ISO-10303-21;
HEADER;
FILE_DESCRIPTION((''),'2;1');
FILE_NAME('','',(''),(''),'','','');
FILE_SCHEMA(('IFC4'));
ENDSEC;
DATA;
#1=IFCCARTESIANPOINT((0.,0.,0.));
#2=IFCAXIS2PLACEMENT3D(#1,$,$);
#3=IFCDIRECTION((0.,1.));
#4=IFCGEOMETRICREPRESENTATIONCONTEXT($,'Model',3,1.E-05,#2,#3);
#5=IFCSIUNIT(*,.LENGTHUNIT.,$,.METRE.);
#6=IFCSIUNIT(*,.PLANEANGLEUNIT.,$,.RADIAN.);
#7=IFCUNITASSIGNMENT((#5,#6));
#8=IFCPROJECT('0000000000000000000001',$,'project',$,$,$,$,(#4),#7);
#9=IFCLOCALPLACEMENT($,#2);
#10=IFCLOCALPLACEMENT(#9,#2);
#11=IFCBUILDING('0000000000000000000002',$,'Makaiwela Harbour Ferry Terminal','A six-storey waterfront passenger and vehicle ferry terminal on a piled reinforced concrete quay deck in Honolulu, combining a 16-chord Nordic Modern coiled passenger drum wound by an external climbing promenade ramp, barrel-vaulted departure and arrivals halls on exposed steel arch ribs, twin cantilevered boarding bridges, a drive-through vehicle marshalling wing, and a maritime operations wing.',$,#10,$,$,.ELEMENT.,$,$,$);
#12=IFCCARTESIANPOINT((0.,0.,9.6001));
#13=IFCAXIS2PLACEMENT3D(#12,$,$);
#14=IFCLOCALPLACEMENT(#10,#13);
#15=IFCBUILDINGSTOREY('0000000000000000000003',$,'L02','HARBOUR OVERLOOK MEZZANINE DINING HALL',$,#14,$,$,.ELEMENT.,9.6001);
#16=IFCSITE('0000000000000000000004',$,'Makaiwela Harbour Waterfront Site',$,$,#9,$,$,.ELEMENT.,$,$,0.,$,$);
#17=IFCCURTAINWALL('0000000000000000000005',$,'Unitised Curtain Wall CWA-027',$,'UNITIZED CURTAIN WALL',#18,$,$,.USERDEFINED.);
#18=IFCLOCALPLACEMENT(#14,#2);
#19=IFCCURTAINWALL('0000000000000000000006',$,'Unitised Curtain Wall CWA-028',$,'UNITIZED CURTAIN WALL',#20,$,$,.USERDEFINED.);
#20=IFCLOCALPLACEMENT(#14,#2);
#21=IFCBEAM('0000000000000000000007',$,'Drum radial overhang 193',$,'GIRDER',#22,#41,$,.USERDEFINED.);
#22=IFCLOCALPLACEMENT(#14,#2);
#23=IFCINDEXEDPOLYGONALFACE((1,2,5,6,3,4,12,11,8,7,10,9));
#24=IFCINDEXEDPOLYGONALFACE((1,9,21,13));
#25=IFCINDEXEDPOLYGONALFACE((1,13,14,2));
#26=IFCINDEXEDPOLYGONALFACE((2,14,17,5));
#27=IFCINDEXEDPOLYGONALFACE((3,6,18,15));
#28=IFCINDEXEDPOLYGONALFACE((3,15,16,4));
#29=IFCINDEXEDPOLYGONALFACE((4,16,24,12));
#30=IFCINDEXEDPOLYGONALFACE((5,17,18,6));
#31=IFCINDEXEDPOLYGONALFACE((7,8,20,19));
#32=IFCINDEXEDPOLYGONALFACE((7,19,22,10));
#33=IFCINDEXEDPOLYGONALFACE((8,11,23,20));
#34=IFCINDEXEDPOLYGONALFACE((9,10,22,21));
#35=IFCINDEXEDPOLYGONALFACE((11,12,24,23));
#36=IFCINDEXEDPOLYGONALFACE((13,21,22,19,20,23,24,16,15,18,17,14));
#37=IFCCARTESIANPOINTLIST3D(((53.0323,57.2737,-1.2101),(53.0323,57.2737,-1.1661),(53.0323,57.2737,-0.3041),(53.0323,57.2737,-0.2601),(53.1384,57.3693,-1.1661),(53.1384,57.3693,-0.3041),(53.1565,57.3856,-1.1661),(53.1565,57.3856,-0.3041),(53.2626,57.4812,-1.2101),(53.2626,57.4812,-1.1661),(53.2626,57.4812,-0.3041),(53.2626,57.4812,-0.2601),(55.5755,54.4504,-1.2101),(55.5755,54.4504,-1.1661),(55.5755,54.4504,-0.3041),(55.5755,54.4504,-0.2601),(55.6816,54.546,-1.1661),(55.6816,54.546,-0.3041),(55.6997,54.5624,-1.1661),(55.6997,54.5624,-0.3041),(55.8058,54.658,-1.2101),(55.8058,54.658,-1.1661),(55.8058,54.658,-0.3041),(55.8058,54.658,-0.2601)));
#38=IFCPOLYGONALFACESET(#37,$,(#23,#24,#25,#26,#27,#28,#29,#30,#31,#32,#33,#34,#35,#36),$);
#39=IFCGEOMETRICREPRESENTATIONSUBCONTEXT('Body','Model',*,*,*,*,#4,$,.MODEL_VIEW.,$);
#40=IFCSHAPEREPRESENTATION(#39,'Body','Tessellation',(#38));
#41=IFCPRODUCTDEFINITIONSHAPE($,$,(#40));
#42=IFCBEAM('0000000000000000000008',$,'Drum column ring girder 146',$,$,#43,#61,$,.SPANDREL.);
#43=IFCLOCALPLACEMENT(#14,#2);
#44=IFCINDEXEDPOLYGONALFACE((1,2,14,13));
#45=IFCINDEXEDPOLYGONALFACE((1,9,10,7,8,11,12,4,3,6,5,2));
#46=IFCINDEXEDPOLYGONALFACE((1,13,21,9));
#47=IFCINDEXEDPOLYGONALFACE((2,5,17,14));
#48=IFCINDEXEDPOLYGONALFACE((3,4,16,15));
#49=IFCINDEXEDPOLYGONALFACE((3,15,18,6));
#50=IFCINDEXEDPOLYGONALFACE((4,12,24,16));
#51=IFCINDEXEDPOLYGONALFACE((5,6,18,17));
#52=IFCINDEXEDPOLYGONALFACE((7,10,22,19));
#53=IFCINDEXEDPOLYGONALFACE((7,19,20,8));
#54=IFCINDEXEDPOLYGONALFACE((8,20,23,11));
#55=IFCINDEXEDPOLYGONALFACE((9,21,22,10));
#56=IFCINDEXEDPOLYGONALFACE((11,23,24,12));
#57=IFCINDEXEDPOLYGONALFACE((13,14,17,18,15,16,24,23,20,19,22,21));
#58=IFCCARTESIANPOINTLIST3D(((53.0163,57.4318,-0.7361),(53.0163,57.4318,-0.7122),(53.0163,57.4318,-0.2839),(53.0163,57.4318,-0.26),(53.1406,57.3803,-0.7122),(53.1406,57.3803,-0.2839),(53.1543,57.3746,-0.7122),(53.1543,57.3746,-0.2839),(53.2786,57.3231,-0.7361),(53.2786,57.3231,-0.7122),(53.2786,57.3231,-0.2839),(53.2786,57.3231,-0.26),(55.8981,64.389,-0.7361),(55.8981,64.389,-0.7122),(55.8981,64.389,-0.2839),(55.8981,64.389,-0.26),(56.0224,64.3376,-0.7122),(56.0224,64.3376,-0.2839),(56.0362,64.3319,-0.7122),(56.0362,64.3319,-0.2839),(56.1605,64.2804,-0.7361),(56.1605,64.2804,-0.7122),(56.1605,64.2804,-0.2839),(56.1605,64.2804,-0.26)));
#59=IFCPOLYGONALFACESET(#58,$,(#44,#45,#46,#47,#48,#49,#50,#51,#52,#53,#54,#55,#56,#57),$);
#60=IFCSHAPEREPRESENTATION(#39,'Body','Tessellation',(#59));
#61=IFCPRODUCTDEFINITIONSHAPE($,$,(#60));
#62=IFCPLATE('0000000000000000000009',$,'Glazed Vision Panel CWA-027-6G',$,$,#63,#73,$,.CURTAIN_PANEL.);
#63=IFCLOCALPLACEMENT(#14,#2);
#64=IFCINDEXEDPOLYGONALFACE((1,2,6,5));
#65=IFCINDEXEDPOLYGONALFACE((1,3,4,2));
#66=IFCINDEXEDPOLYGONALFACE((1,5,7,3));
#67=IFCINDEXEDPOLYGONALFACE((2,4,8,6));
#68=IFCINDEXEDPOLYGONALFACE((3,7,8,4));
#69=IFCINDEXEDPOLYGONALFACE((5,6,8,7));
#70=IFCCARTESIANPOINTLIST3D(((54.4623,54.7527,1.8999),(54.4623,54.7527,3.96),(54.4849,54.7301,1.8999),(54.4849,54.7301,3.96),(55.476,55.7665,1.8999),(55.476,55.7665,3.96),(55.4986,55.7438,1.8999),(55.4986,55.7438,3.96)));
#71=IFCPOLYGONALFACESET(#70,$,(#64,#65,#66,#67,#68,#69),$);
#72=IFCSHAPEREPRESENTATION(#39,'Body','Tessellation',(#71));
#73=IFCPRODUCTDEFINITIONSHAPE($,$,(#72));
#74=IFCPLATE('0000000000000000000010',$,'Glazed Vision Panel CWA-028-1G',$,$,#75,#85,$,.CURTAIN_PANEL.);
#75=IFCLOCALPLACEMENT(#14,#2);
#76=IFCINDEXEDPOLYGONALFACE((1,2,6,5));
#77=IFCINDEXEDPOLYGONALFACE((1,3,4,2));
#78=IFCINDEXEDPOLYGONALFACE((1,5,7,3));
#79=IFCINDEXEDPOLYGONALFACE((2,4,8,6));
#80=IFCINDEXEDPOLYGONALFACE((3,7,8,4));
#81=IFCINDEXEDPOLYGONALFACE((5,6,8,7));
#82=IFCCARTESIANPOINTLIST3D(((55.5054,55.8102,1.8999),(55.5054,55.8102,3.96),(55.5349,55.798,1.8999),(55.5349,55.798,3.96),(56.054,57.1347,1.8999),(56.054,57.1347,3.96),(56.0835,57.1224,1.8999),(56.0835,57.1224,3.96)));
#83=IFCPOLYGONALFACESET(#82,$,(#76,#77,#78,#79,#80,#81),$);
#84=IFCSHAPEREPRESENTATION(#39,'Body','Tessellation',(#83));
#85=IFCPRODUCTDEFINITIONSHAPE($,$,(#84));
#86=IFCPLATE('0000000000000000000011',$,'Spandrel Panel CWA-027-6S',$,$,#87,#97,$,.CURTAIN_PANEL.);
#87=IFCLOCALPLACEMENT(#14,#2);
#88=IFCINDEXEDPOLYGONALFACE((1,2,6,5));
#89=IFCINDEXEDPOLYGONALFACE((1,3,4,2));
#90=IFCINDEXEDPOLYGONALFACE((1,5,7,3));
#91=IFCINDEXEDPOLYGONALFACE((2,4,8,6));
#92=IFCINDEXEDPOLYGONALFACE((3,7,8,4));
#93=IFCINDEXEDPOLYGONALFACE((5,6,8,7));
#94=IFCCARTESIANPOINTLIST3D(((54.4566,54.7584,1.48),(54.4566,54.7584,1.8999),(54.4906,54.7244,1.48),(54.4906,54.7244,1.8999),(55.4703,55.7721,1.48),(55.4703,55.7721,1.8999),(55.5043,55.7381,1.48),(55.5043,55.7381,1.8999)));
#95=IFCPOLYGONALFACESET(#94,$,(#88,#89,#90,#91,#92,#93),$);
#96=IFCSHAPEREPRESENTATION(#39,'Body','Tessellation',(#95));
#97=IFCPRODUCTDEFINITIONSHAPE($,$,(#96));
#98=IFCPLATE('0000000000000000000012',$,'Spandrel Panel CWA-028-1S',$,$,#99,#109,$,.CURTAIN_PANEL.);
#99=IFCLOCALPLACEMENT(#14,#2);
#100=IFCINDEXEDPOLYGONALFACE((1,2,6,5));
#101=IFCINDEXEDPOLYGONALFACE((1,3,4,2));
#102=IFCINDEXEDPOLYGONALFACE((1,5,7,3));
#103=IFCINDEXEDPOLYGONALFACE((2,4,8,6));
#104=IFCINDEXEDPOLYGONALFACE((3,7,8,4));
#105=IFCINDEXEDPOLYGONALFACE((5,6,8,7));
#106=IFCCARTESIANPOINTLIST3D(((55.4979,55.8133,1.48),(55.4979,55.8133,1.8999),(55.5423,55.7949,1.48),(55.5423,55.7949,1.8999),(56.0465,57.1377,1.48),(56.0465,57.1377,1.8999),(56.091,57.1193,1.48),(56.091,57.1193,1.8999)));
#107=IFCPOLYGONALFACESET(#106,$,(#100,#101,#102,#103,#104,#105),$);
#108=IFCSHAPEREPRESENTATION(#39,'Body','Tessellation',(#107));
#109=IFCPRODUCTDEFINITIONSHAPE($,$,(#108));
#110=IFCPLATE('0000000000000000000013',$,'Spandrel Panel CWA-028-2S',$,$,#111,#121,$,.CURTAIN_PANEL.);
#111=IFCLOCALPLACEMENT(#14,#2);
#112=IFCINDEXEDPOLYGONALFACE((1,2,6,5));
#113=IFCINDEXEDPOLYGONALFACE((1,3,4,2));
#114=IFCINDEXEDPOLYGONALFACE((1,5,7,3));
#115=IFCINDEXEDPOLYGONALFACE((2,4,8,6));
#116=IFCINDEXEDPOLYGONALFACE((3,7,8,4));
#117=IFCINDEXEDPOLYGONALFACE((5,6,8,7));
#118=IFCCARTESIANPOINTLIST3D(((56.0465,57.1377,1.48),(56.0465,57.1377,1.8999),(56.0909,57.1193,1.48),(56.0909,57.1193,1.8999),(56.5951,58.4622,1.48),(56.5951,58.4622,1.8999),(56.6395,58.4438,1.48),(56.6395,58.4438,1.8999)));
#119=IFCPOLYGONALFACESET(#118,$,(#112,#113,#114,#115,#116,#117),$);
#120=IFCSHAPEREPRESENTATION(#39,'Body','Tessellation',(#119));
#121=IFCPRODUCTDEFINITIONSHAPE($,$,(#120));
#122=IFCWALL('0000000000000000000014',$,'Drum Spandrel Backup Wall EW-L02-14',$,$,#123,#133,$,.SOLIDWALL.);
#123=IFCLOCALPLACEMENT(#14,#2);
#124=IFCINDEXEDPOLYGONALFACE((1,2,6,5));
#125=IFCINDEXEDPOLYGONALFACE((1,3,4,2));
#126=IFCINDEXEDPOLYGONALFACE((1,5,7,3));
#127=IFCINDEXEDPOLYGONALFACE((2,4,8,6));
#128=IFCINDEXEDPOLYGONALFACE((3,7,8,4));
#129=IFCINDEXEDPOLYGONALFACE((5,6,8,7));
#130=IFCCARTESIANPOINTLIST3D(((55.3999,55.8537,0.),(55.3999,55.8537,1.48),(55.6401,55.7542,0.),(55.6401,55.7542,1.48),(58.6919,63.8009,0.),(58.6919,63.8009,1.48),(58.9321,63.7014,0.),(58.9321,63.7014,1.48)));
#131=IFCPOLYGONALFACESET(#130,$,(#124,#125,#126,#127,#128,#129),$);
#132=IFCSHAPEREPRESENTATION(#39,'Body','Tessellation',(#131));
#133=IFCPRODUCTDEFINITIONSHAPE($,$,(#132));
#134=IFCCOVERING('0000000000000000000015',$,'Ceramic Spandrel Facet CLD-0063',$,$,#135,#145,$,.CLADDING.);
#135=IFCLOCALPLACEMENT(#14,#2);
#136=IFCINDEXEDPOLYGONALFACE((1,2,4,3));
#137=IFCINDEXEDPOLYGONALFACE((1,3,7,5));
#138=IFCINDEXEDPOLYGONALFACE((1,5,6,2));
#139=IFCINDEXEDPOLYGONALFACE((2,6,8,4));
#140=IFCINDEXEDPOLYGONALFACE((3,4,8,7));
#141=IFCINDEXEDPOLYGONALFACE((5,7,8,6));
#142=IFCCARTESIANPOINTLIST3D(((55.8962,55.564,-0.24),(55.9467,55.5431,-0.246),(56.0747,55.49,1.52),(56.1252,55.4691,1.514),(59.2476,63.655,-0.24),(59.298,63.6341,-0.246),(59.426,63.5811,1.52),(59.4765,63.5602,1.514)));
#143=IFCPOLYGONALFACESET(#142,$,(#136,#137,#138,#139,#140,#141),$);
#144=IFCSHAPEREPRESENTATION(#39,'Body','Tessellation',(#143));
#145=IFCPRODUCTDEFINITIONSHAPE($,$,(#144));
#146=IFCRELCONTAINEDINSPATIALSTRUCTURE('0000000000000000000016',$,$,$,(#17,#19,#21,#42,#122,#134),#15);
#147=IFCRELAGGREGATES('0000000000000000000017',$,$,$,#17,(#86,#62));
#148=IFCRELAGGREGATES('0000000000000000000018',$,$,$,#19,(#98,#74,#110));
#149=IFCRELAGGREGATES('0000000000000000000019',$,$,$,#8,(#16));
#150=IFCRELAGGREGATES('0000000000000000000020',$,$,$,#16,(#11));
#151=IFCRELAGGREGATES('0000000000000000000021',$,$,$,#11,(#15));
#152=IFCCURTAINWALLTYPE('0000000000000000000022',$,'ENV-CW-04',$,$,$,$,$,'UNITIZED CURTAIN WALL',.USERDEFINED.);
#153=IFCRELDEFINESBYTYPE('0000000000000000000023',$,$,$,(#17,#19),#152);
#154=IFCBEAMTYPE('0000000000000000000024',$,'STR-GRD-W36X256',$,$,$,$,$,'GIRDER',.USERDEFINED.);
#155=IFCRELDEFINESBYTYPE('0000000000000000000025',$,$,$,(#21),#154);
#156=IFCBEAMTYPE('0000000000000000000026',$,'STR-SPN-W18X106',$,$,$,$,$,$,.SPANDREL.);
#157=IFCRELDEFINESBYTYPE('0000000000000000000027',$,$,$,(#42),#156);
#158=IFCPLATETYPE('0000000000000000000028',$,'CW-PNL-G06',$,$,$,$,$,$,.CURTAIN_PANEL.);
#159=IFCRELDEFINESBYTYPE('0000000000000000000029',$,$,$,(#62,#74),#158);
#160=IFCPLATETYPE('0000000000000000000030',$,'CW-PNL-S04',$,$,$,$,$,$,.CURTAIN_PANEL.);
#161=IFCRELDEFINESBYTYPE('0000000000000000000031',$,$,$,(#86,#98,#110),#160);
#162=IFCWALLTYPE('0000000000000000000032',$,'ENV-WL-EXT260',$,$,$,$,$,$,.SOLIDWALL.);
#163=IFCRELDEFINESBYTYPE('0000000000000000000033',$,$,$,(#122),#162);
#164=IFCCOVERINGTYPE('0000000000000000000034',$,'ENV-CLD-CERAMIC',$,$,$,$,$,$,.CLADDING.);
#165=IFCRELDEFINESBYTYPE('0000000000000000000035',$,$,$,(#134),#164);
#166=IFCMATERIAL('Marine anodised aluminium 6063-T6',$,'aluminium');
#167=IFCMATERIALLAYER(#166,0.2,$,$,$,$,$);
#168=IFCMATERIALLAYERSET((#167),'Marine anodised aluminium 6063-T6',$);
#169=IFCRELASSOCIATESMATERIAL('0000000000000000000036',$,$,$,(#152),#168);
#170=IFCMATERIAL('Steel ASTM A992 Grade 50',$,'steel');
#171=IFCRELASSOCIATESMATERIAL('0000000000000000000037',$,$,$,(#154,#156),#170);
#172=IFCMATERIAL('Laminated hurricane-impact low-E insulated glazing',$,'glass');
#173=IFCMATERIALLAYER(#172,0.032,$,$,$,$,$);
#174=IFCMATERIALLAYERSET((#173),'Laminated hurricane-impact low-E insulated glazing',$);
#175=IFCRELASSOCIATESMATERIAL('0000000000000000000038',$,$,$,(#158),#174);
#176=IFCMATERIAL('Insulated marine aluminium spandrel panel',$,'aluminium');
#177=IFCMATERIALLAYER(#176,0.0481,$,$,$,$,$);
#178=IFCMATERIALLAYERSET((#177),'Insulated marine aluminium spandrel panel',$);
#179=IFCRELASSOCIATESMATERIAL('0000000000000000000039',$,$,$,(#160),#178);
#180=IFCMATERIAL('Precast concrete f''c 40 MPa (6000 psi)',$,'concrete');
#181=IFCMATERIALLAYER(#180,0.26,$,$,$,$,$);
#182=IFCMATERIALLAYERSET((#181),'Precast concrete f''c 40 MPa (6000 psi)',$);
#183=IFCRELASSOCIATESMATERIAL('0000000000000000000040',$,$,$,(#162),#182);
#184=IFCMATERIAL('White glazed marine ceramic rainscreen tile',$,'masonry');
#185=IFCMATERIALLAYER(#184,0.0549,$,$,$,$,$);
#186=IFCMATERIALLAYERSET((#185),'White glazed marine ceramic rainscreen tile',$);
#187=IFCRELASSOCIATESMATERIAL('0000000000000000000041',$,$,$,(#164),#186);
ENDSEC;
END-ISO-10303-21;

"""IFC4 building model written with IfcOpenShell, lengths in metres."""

from ifc_helpers import new_model, si_unit, direction, frame, frame_2d, origin, origin_2d, place, context, subcontext, project, spatial, polyline, rectangle, i_section, outline, extrude, material, layer, layer_set, material_profile, profile_set, type_object, element, aggregate, save


model = new_model("IFC4")

# Units and contexts
model_context = context("Model", 3, precision=1e-05, world=origin(), true_north=direction((0.0, 1.0)))
body_context = subcontext(model_context, "Body", "Model", "MODEL_VIEW")
ifc_project = project(units=[si_unit("LENGTHUNIT", "METRE"), si_unit("PLANEANGLEUNIT", "RADIAN")], contexts=[model_context])

# Site, building, storey
site_placement = place(None, origin())
site = spatial("IfcSite", under=ifc_project, at=site_placement, Name="Makaiwela Harbour Waterfront Site", CompositionType="ELEMENT", RefElevation=0.0)
building_placement = place(site_placement, origin())
building = spatial("IfcBuilding", under=site, at=building_placement, Name="Makaiwela Harbour Ferry Terminal", Description="A six-storey waterfront passenger and vehicle ferry terminal on a piled reinforced concrete quay deck in Honolulu, combining a 16-chord Nordic Modern coiled passenger drum wound by an external climbing promenade ramp, barrel-vaulted departure and arrivals halls on exposed steel arch ribs, twin cantilevered boarding bridges, a drive-through vehicle marshalling wing, and a maritime operations wing.", CompositionType="ELEMENT")
storey_placement = place(building_placement, frame((0.0, 0.0, 9.6001)))
storey = spatial("IfcBuildingStorey", under=building, at=storey_placement, Name="L02", Description="HARBOUR OVERLOOK MEZZANINE DINING HALL", CompositionType="ELEMENT", Elevation=9.6001)

# Curtain wall
ifc_material_1 = material(Name="Marine anodised aluminium 6063-T6", Category="aluminium")
ifc_layer_1 = layer(ifc_material_1, 0.2)
ifc_layer_set_1 = layer_set([ifc_layer_1], Name="Marine anodised aluminium 6063-T6")
curtain_wall_type = type_object("IfcCurtainWallType", Name="ENV-CW-04", ElementType="UNITIZED CURTAIN WALL", PredefinedType="USERDEFINED", material=ifc_layer_set_1)
curtain_wall_1_placement = place(storey_placement, origin())
curtain_wall_1 = element("IfcCurtainWall", 1, at=curtain_wall_1_placement, inside=storey, type_object=curtain_wall_type, Name="Unitised Curtain Wall CWA-027", ObjectType="UNITIZED CURTAIN WALL", PredefinedType="USERDEFINED")

# Curtain wall
curtain_wall_2_placement = place(storey_placement, origin())
curtain_wall_2 = element("IfcCurtainWall", 2, at=curtain_wall_2_placement, inside=storey, type_object=curtain_wall_type, Name="Unitised Curtain Wall CWA-028", ObjectType="UNITIZED CURTAIN WALL", PredefinedType="USERDEFINED")

# Beams
ifc_material_2 = material(Name="Steel ASTM A992 Grade 50", Category="steel")
ifc_material_profile_1 = material_profile(ifc_material_2, i_section(OverallWidth=0.3101, OverallDepth=0.95, WebThickness=0.0244, FlangeThickness=0.0439, at=origin_2d()), Name="W36X256")
ifc_profile_set_1 = profile_set([ifc_material_profile_1], Name="Steel ASTM A992 Grade 50")
beam_type_1 = type_object("IfcBeamType", Name="STR-GRD-W36X256", ElementType="GIRDER", PredefinedType="USERDEFINED", material=ifc_profile_set_1)
beam_1_placement = place(storey_placement, frame((53.1475, 57.3774, -0.7351), z_axis=(0.669298, -0.742994, 0.0), x_axis=(0.742994, 0.669298, 0.0)))
element("IfcBeam", 3, at=beam_1_placement, inside=storey, type_object=beam_type_1, Name="Drum radial overhang 193", ObjectType="GIRDER", PredefinedType="USERDEFINED", context=body_context, shape_type="SweptSolid", body=[
    extrude(i_section(OverallWidth=0.3101, OverallDepth=0.95, WebThickness=0.0244, FlangeThickness=0.0439, at=origin_2d()), origin(), (0.0, 0.0, 1.0), 3.7998),
])
ifc_material_profile_2 = material_profile(ifc_material_2, i_section(OverallWidth=0.2839, OverallDepth=0.4761, WebThickness=0.0149, FlangeThickness=0.0239, at=origin_2d()), Name="W18X106")
ifc_profile_set_2 = profile_set([ifc_material_profile_2], Name="Steel ASTM A992 Grade 50")
beam_type_2 = type_object("IfcBeamType", Name="STR-SPN-W18X106", PredefinedType="SPANDREL", material=ifc_profile_set_2)
beam_2_placement = place(storey_placement, frame((53.1475, 57.3774, -0.498), z_axis=(0.382688, 0.923878, 0.0), x_axis=(-0.923878, 0.382688, 0.0)))
element("IfcBeam", 4, at=beam_2_placement, inside=storey, type_object=beam_type_2, Name="Drum column ring girder 146", PredefinedType="SPANDREL", context=body_context, shape_type="SweptSolid", body=[
    extrude(i_section(OverallWidth=0.2839, OverallDepth=0.4761, WebThickness=0.0149, FlangeThickness=0.0239, at=origin_2d()), origin(), (0.0, 0.0, 1.0), 7.5305),
])

# Plates
ifc_material_3 = material(Name="Laminated hurricane-impact low-E insulated glazing", Category="glass")
ifc_layer_2 = layer(ifc_material_3, 0.032)
ifc_layer_set_2 = layer_set([ifc_layer_2], Name="Laminated hurricane-impact low-E insulated glazing")
plate_type_1 = type_object("IfcPlateType", Name="CW-PNL-G06", PredefinedType="CURTAIN_PANEL", material=ifc_layer_set_2)
plate_1_placement = place(storey_placement, frame((54.9805, 55.2483, 1.8999), z_axis=(0.0, 0.0, 1.0), x_axis=(0.707107, 0.707107, 0.0)))
plate_1 = element("IfcPlate", 5, at=plate_1_placement, type_object=plate_type_1, Name="Glazed Vision Panel CWA-027-6G", PredefinedType="CURTAIN_PANEL", context=body_context, shape_type="SweptSolid", body=[
    extrude(rectangle(XDim=1.4336, YDim=0.032, at=origin_2d()), origin(), (0.0, 0.0, 1.0), 2.0601),
])
plate_2_placement = place(storey_placement, frame((55.7944, 56.4663, 1.8999), z_axis=(0.0, 0.0, 1.0), x_axis=(0.382683, 0.92388, 0.0)))
plate_2 = element("IfcPlate", 6, at=plate_2_placement, type_object=plate_type_1, Name="Glazed Vision Panel CWA-028-1G", PredefinedType="CURTAIN_PANEL", context=body_context, shape_type="SweptSolid", body=[
    extrude(rectangle(XDim=1.4336, YDim=0.032, at=origin_2d()), origin(), (0.0, 0.0, 1.0), 2.0601),
])
ifc_material_4 = material(Name="Insulated marine aluminium spandrel panel", Category="aluminium")
ifc_layer_3 = layer(ifc_material_4, 0.0481)
ifc_layer_set_3 = layer_set([ifc_layer_3], Name="Insulated marine aluminium spandrel panel")
plate_type_2 = type_object("IfcPlateType", Name="CW-PNL-S04", PredefinedType="CURTAIN_PANEL", material=ifc_layer_set_3)
plate_3_placement = place(storey_placement, frame((54.9805, 55.2483, 1.48), z_axis=(0.0, 0.0, 1.0), x_axis=(0.707107, 0.707107, 0.0)))
plate_3 = element("IfcPlate", 7, at=plate_3_placement, type_object=plate_type_2, Name="Spandrel Panel CWA-027-6S", PredefinedType="CURTAIN_PANEL", context=body_context, shape_type="SweptSolid", body=[
    extrude(rectangle(XDim=1.4336, YDim=0.0481, at=origin_2d()), origin(), (0.0, 0.0, 1.0), 0.4199),
])
aggregate(curtain_wall_1, [plate_3, plate_1])
plate_4_placement = place(storey_placement, frame((55.7944, 56.4663, 1.48), z_axis=(0.0, 0.0, 1.0), x_axis=(0.382683, 0.92388, 0.0)))
plate_4 = element("IfcPlate", 8, at=plate_4_placement, type_object=plate_type_2, Name="Spandrel Panel CWA-028-1S", PredefinedType="CURTAIN_PANEL", context=body_context, shape_type="SweptSolid", body=[
    extrude(rectangle(XDim=1.4336, YDim=0.0481, at=origin_2d()), origin(), (0.0, 0.0, 1.0), 0.4199),
])
plate_5_placement = place(storey_placement, frame((56.343, 57.7908, 1.48), z_axis=(0.0, 0.0, 1.0), x_axis=(0.382683, 0.92388, 0.0)))
plate_5 = element("IfcPlate", 9, at=plate_5_placement, type_object=plate_type_2, Name="Spandrel Panel CWA-028-2S", PredefinedType="CURTAIN_PANEL", context=body_context, shape_type="SweptSolid", body=[
    extrude(rectangle(XDim=1.4336, YDim=0.0481, at=origin_2d()), origin(), (0.0, 0.0, 1.0), 0.4199),
])
aggregate(curtain_wall_2, [plate_4, plate_2, plate_5])

# Wall
ifc_material_5 = material(Name="Precast concrete f'c 40 MPa (6000 psi)", Category="concrete")
ifc_layer_4 = layer(ifc_material_5, 0.26)
ifc_layer_set_4 = layer_set([ifc_layer_4], Name="Precast concrete f'c 40 MPa (6000 psi)")
wall_type = type_object("IfcWallType", Name="ENV-WL-EXT260", PredefinedType="SOLIDWALL", material=ifc_layer_set_4)
wall_placement = place(storey_placement, frame((55.52, 55.804, 0.0), z_axis=(0.0, 0.0, 1.0), x_axis=(0.382696, 0.923874, 0.0)))
element("IfcWall", 10, at=wall_placement, inside=storey, type_object=wall_type, Name="Drum Spandrel Backup Wall EW-L02-14", PredefinedType="SOLIDWALL", context=body_context, shape_type="SweptSolid", body=[
    extrude(rectangle(XDim=8.6021, YDim=0.26, at=frame_2d((4.301, 0.0))), origin(), (0.0, 0.0, 1.0), 1.48),
])

# Covering
ifc_material_6 = material(Name="White glazed marine ceramic rainscreen tile", Category="masonry")
ifc_layer_5 = layer(ifc_material_6, 0.0549)
ifc_layer_set_5 = layer_set([ifc_layer_5], Name="White glazed marine ceramic rainscreen tile")
covering_type = type_object("IfcCoveringType", Name="ENV-CLD-CERAMIC", PredefinedType="CLADDING", material=ifc_layer_set_5)
covering_placement = place(storey_placement, frame((55.8962, 55.564, -0.24), z_axis=(-0.918368, 0.380388, 0.109111), x_axis=(0.382673, 0.923884, 0.0)))
element("IfcCovering", 11, at=covering_placement, inside=storey, type_object=covering_type, Name="Ceramic Spandrel Facet CLD-0063", PredefinedType="CLADDING", context=body_context, shape_type="SweptSolid", body=[
    extrude(outline(polyline([(0.0, 0.0), (8.7577, 0.0), (8.7576, -1.7706), (0.0, -1.7706), (0.0, 0.0)])), origin(), (0.0, 0.0, -1.0), 0.0549),
])

save(model, "model.ifc")
